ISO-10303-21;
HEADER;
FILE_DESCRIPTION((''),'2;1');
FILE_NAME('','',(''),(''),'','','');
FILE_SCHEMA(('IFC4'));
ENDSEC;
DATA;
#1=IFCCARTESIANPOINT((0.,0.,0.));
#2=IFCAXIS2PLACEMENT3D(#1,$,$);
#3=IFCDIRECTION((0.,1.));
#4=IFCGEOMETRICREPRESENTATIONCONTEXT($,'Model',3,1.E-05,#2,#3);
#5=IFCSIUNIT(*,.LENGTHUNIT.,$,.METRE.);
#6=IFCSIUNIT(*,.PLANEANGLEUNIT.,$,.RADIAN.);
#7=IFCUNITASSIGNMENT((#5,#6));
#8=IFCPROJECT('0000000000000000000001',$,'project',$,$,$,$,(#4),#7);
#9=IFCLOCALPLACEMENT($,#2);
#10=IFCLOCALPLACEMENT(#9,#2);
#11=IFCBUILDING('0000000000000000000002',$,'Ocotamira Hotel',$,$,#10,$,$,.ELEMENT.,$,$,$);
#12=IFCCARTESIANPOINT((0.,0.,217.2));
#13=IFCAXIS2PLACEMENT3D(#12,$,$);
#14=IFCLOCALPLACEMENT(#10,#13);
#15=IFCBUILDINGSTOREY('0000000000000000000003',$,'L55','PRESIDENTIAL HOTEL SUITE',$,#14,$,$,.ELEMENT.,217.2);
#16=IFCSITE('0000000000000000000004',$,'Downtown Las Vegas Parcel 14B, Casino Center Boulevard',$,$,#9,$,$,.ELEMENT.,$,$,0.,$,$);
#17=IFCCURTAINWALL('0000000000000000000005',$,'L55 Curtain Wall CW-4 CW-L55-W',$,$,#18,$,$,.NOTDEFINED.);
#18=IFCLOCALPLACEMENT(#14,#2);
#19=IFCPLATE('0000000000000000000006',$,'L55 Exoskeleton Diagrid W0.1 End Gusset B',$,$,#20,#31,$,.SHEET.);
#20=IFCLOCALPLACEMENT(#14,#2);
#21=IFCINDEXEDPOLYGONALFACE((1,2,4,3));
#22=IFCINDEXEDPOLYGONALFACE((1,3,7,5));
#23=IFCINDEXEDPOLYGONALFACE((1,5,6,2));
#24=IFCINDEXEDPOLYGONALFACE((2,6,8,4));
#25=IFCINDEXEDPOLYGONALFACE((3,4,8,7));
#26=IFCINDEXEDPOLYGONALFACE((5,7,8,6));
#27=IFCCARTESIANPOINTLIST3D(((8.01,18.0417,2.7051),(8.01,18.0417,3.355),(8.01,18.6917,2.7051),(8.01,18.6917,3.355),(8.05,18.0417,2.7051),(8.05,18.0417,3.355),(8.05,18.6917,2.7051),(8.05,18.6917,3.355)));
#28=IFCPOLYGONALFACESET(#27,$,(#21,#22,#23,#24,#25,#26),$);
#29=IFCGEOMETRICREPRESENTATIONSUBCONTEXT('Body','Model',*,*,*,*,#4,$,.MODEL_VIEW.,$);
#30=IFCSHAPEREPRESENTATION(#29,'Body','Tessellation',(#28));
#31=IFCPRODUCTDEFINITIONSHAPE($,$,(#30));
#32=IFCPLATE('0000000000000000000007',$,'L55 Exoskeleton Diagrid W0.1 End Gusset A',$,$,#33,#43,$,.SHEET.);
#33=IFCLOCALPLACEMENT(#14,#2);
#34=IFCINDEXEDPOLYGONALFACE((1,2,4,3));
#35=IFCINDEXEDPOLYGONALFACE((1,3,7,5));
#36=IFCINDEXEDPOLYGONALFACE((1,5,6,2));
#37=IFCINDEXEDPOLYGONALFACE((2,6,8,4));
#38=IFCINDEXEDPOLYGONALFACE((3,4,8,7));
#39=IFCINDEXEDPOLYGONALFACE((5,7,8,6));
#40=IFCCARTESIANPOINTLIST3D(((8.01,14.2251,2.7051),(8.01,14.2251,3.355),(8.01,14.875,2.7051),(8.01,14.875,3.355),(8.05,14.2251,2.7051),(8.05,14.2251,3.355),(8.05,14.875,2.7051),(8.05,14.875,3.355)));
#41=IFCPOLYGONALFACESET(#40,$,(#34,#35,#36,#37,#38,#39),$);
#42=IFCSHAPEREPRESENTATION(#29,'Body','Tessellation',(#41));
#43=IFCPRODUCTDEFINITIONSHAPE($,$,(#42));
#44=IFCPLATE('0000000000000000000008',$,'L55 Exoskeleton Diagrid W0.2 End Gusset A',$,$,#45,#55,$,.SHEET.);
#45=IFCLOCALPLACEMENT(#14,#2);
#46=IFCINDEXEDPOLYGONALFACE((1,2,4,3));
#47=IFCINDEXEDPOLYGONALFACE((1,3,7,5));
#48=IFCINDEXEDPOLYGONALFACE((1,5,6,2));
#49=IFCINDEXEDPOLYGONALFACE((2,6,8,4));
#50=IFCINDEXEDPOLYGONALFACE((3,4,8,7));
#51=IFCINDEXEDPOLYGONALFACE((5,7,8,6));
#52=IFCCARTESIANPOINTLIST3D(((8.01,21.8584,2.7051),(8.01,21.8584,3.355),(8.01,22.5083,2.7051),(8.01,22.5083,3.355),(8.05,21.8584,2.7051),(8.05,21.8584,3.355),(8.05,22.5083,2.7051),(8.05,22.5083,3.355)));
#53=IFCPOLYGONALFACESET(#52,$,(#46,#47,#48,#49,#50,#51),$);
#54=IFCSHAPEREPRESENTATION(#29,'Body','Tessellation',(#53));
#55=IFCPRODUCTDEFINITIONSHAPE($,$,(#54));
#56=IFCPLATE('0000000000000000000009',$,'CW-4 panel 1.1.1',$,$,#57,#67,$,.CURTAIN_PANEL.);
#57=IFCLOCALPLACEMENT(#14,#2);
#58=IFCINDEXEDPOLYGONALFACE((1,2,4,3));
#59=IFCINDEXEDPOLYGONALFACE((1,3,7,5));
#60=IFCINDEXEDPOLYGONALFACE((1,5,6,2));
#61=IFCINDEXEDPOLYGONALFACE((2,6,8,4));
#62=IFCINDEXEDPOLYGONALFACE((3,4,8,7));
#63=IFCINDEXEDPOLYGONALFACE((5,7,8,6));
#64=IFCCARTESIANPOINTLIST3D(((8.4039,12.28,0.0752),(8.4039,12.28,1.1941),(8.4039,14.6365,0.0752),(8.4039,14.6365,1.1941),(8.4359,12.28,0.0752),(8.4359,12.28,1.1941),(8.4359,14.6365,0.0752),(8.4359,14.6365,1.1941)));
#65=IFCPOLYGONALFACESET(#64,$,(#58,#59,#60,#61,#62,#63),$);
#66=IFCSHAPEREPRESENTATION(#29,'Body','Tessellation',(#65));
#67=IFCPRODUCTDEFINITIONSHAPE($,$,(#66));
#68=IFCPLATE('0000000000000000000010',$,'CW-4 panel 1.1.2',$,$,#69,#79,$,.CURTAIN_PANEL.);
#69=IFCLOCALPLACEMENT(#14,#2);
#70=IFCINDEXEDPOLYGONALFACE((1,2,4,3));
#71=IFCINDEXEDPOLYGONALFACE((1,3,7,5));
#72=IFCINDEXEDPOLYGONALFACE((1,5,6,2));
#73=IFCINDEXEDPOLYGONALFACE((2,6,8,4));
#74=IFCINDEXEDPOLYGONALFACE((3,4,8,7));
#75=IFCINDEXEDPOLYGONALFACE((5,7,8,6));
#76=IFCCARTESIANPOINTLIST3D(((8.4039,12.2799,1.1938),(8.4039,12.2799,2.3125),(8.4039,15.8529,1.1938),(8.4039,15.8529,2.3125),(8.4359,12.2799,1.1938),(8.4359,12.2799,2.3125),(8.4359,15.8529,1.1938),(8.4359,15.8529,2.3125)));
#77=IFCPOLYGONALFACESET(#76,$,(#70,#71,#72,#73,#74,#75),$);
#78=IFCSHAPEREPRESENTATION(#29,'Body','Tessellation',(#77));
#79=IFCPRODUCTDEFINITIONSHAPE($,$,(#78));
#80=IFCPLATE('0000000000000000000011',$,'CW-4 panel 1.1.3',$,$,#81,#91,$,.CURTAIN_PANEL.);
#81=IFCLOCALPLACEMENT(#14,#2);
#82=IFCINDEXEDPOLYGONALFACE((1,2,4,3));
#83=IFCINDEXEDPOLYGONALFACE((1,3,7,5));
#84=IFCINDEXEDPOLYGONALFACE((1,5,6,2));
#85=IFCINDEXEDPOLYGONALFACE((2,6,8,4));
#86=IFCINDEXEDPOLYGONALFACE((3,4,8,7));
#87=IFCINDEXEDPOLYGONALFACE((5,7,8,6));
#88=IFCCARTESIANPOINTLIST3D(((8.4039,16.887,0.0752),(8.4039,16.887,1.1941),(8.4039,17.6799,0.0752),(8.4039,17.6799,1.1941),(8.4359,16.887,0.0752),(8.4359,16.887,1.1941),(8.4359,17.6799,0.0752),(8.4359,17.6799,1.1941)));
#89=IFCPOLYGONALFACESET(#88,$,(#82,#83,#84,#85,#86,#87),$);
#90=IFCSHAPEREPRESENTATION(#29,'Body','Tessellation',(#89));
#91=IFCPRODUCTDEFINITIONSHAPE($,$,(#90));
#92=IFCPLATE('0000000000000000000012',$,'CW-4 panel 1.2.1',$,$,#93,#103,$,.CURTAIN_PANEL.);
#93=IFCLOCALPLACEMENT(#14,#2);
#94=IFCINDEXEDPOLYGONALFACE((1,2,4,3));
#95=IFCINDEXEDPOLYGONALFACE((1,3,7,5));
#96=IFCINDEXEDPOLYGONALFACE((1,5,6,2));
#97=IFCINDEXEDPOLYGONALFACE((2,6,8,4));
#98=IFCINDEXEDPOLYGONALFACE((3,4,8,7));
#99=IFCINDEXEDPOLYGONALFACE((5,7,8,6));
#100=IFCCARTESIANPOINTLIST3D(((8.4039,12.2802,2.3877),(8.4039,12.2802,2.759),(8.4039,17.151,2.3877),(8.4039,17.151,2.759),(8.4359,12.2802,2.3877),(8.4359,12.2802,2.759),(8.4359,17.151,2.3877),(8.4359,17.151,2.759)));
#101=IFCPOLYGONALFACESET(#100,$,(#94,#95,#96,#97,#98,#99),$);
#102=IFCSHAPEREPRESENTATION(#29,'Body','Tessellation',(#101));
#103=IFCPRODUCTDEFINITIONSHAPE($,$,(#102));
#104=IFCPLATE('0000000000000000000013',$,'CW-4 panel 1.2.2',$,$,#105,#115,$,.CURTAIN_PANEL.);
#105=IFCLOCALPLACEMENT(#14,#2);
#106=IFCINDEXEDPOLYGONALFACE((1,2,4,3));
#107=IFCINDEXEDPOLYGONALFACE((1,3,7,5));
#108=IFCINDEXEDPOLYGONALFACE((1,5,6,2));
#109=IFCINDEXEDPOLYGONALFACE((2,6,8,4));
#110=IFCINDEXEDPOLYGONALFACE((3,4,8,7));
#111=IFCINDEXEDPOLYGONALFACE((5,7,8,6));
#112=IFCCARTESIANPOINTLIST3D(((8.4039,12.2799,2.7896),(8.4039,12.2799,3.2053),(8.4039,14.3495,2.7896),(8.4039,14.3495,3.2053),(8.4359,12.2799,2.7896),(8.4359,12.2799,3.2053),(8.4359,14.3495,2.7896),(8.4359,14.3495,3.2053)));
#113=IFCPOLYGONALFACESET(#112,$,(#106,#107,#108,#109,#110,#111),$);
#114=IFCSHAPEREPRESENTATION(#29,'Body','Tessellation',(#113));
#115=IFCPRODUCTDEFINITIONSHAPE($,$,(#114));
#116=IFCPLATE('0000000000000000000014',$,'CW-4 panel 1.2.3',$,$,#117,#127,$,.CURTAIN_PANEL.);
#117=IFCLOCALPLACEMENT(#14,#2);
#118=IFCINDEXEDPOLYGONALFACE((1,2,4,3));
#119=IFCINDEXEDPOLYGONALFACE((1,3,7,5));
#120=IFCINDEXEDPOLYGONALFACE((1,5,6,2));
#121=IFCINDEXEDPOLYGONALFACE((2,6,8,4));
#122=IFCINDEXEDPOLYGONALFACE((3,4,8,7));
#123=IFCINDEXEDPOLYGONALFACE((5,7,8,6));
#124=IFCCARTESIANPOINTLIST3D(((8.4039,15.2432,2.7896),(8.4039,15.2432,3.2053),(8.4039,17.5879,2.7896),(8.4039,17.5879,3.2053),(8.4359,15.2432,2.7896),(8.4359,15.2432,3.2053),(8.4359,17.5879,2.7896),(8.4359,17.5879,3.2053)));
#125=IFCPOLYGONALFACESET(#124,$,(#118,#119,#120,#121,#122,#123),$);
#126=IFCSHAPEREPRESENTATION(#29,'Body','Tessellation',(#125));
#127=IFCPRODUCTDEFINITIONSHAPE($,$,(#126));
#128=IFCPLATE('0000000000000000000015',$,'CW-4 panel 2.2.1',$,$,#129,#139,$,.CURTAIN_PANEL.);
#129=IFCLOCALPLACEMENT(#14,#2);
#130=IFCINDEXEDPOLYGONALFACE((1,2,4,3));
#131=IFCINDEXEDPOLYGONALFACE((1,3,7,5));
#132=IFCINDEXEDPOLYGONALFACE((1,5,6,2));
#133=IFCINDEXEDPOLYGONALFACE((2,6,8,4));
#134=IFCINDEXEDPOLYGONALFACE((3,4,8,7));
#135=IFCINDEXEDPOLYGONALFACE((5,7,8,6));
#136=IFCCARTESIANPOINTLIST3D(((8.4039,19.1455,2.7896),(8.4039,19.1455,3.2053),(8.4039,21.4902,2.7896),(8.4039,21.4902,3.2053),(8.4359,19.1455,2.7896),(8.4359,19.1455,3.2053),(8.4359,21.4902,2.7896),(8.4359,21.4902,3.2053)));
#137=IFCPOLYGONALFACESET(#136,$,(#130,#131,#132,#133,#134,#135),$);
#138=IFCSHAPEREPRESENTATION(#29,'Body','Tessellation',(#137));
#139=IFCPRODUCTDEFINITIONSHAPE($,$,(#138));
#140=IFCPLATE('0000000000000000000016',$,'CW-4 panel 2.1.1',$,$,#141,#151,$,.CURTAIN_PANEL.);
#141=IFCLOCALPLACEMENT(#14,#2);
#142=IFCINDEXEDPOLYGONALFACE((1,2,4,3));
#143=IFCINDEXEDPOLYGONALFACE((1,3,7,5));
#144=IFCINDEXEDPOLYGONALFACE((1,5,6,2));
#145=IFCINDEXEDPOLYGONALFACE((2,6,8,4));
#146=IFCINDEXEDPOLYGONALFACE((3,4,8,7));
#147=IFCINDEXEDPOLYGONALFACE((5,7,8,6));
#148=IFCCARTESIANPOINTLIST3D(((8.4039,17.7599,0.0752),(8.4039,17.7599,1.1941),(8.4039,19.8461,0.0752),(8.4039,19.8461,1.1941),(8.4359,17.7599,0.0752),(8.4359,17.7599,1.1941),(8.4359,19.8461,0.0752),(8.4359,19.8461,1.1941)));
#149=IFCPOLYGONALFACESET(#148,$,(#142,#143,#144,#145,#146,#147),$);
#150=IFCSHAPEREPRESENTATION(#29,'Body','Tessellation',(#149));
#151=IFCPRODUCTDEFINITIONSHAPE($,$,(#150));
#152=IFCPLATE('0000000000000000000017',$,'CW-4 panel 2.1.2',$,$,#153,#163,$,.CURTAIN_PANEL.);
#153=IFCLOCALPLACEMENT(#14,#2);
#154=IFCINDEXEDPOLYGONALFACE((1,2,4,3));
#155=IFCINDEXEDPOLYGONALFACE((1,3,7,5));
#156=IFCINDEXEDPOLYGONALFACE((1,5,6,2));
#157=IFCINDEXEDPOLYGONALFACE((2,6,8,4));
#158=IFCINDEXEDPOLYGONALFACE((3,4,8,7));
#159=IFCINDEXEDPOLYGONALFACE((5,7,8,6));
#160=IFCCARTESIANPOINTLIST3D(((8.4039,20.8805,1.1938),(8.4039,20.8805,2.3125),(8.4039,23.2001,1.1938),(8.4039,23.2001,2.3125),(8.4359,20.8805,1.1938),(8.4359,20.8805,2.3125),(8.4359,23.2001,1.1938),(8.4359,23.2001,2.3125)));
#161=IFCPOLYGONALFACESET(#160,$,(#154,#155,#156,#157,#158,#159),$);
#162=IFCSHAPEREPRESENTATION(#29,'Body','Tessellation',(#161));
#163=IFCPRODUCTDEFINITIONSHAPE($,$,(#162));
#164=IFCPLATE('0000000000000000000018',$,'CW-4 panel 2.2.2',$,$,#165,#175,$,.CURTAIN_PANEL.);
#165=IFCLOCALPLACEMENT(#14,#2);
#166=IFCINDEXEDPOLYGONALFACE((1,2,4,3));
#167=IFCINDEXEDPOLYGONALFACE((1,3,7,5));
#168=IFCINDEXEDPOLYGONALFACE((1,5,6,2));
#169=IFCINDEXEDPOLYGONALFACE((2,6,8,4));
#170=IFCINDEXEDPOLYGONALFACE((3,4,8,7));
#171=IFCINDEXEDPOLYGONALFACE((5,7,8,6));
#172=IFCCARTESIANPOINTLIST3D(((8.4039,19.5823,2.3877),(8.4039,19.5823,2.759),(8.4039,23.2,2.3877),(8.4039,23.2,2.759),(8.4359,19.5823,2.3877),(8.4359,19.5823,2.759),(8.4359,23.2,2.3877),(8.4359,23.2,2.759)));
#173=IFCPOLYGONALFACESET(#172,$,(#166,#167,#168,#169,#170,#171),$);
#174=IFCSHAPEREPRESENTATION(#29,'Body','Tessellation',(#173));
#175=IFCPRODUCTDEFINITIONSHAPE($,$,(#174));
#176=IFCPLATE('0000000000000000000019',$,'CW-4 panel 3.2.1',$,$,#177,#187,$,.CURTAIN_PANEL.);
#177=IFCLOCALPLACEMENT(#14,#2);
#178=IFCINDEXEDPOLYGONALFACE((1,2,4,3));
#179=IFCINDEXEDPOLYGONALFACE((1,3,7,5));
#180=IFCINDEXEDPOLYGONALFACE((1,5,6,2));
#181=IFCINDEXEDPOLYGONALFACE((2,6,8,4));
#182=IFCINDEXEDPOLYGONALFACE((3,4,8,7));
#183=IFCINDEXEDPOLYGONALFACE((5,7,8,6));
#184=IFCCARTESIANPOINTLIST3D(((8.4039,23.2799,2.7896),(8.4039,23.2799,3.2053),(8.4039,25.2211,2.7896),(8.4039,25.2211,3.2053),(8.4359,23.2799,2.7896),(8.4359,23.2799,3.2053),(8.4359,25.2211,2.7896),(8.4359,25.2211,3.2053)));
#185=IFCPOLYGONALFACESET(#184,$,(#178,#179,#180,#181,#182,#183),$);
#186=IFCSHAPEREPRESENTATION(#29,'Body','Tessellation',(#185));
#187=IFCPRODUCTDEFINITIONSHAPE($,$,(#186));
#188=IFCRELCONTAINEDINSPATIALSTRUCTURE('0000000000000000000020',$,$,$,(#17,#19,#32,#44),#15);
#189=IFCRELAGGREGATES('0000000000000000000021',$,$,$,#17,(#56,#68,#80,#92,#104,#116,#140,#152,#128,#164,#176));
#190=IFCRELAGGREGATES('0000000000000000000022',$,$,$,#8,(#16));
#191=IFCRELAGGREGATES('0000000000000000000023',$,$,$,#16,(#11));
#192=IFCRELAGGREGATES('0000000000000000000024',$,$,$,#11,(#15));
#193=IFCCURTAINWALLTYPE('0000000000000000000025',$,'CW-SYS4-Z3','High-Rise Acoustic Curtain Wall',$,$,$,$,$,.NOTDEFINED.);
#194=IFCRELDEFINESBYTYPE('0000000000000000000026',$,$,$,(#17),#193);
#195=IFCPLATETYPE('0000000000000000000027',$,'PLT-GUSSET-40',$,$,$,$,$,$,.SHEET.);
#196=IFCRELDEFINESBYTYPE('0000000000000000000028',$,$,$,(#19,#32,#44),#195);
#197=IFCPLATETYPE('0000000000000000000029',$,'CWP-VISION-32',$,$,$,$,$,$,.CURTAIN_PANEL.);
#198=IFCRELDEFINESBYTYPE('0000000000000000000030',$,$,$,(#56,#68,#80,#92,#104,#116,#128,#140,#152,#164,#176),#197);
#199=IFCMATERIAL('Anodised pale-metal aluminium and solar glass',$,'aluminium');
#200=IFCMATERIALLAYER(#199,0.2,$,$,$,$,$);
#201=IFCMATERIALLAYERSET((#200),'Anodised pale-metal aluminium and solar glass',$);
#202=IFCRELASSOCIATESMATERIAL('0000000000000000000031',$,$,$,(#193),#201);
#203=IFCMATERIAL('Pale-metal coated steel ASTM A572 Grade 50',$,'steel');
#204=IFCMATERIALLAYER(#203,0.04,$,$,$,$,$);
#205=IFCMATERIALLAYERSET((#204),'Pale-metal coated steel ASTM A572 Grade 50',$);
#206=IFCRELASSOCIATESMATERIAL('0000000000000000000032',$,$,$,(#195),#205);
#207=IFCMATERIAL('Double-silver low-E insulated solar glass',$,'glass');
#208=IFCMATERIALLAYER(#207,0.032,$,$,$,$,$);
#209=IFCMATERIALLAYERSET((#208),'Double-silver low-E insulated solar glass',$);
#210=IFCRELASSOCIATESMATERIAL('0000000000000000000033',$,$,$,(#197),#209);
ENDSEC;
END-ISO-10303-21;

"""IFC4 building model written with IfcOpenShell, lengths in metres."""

from ifc_helpers import new_model, si_unit, direction, frame, origin, origin_2d, place, context, subcontext, project, spatial, rectangle, extrude, source, transform, mapped, material, layer, layer_set, type_object, element, aggregate, save


model = new_model("IFC4")

# Units and contexts
model_context = context("Model", 3, precision=1e-05, world=origin(), true_north=direction((0.0, 1.0)))
body_context = subcontext(model_context, "Body", "Model", "MODEL_VIEW")
ifc_project = project(units=[si_unit("LENGTHUNIT", "METRE"), si_unit("PLANEANGLEUNIT", "RADIAN")], contexts=[model_context])

# Site, building, storey
site_placement = place(None, origin())
site = spatial("IfcSite", under=ifc_project, at=site_placement, Name="Downtown Las Vegas Parcel 14B, Casino Center Boulevard", CompositionType="ELEMENT", RefElevation=0.0)
building_placement = place(site_placement, origin())
building = spatial("IfcBuilding", under=site, at=building_placement, Name="Ocotamira Hotel", CompositionType="ELEMENT")
storey_placement = place(building_placement, frame((0.0, 0.0, 217.2)))
storey = spatial("IfcBuildingStorey", under=building, at=storey_placement, Name="L55", Description="PRESIDENTIAL HOTEL SUITE", CompositionType="ELEMENT", Elevation=217.2)

# Curtain wall
ifc_material_1 = material(Name="Anodised pale-metal aluminium and solar glass", Category="aluminium")
ifc_layer_1 = layer(ifc_material_1, 0.2)
ifc_layer_set_1 = layer_set([ifc_layer_1], Name="Anodised pale-metal aluminium and solar glass")
curtain_wall_type = type_object("IfcCurtainWallType", Name="CW-SYS4-Z3", Description="High-Rise Acoustic Curtain Wall", PredefinedType="NOTDEFINED", material=ifc_layer_set_1)
curtain_wall_placement = place(storey_placement, origin())
curtain_wall = element("IfcCurtainWall", 1, at=curtain_wall_placement, inside=storey, type_object=curtain_wall_type, Name="L55 Curtain Wall CW-4 CW-L55-W", PredefinedType="NOTDEFINED")

# Plates
ifc_material_2 = material(Name="Pale-metal coated steel ASTM A572 Grade 50", Category="steel")
ifc_layer_2 = layer(ifc_material_2, 0.04)
ifc_layer_set_2 = layer_set([ifc_layer_2], Name="Pale-metal coated steel ASTM A572 Grade 50")
plate_type_1 = type_object("IfcPlateType", Name="PLT-GUSSET-40", PredefinedType="SHEET", material=ifc_layer_set_2)
shared_shape_1 = source(origin(), body_context, "Body", "SweptSolid", [
    extrude(rectangle(XDim=0.04, YDim=0.6499, at=origin_2d()), origin(), (0.0, 0.0, 1.0), 0.6499),
])
for number, where, z_axis, x_axis, name in (
    (2, (8.03, 18.3667, 2.7051), (0.0, 0.0, 1.0), (1.0, 0.0, 0.0), "L55 Exoskeleton Diagrid W0.1 End Gusset B"),
    (3, (8.03, 14.55, 2.7051), (0.0, 0.0, 1.0), (1.0, 0.0, 0.0), "L55 Exoskeleton Diagrid W0.1 End Gusset A"),
    (4, (8.03, 22.1833, 2.7051), (0.0, 0.0, 1.0), (1.0, 0.0, 0.0), "L55 Exoskeleton Diagrid W0.2 End Gusset A"),
):
    element("IfcPlate", number, at=place(storey_placement, frame(where, z_axis=z_axis, x_axis=x_axis)), inside=storey, type_object=plate_type_1, Name=name, PredefinedType="SHEET", context=body_context, shape_type="MappedRepresentation", body=[
        mapped(shared_shape_1, transform((0.0, 0.0, 0.0), scale=1.0)),
    ])

# Plates
ifc_material_3 = material(Name="Double-silver low-E insulated solar glass", Category="glass")
ifc_layer_3 = layer(ifc_material_3, 0.032)
ifc_layer_set_3 = layer_set([ifc_layer_3], Name="Double-silver low-E insulated solar glass")
plate_type_2 = type_object("IfcPlateType", Name="CWP-VISION-32", PredefinedType="CURTAIN_PANEL", material=ifc_layer_set_3)
shared_shape_2 = source(origin(), body_context, "Body", "SweptSolid", [
    extrude(rectangle(XDim=2.3564, YDim=0.032, at=origin_2d()), origin(), (0.0, 0.0, 1.0), 1.1189),
])
plate_1_placement = place(storey_placement, frame((8.4199, 13.4583, 0.0752), z_axis=(0.0, 0.0, 1.0), x_axis=(0.0, 1.0, 0.0)))
plate_1 = element("IfcPlate", 5, at=plate_1_placement, type_object=plate_type_2, Name="CW-4 panel 1.1.1", PredefinedType="CURTAIN_PANEL", context=body_context, shape_type="MappedRepresentation", body=[
    mapped(shared_shape_2, transform((0.0, 0.0, 0.0), scale=1.0)),
])
shared_shape_3 = source(origin(), body_context, "Body", "SweptSolid", [
    extrude(rectangle(XDim=3.573, YDim=0.032, at=origin_2d()), origin(), (0.0, 0.0, 1.0), 1.1187),
])
plate_2_placement = place(storey_placement, frame((8.4199, 14.0664, 1.1938), z_axis=(0.0, 0.0, 1.0), x_axis=(0.0, 1.0, 0.0)))
plate_2 = element("IfcPlate", 6, at=plate_2_placement, type_object=plate_type_2, Name="CW-4 panel 1.1.2", PredefinedType="CURTAIN_PANEL", context=body_context, shape_type="MappedRepresentation", body=[
    mapped(shared_shape_3, transform((0.0, 0.0, 0.0), scale=1.0)),
])
shared_shape_4 = source(origin(), body_context, "Body", "SweptSolid", [
    extrude(rectangle(XDim=0.793, YDim=0.032, at=origin_2d()), origin(), (0.0, 0.0, 1.0), 1.1189),
])
plate_3_placement = place(storey_placement, frame((8.4199, 17.2834, 0.0752), z_axis=(0.0, 0.0, 1.0), x_axis=(0.0, 1.0, 0.0)))
plate_3 = element("IfcPlate", 7, at=plate_3_placement, type_object=plate_type_2, Name="CW-4 panel 1.1.3", PredefinedType="CURTAIN_PANEL", context=body_context, shape_type="MappedRepresentation", body=[
    mapped(shared_shape_4, transform((0.0, 0.0, 0.0), scale=1.0)),
])
shared_shape_5 = source(origin(), body_context, "Body", "SweptSolid", [
    extrude(rectangle(XDim=4.8708, YDim=0.032, at=origin_2d()), origin(), (0.0, 0.0, 1.0), 0.3713),
])
plate_4_placement = place(storey_placement, frame((8.4199, 14.7156, 2.3877), z_axis=(0.0, 0.0, 1.0), x_axis=(0.0, 1.0, 0.0)))
plate_4 = element("IfcPlate", 8, at=plate_4_placement, type_object=plate_type_2, Name="CW-4 panel 1.2.1", PredefinedType="CURTAIN_PANEL", context=body_context, shape_type="MappedRepresentation", body=[
    mapped(shared_shape_5, transform((0.0, 0.0, 0.0), scale=1.0)),
])
shared_shape_6 = source(origin(), body_context, "Body", "SweptSolid", [
    extrude(rectangle(XDim=2.0696, YDim=0.032, at=origin_2d()), origin(), (0.0, 0.0, 1.0), 0.4158),
])
plate_5_placement = place(storey_placement, frame((8.4199, 13.3147, 2.7896), z_axis=(0.0, 0.0, 1.0), x_axis=(0.0, 1.0, 0.0)))
plate_5 = element("IfcPlate", 9, at=plate_5_placement, type_object=plate_type_2, Name="CW-4 panel 1.2.2", PredefinedType="CURTAIN_PANEL", context=body_context, shape_type="MappedRepresentation", body=[
    mapped(shared_shape_6, transform((0.0, 0.0, 0.0), scale=1.0)),
])
shared_shape_7 = source(origin(), body_context, "Body", "SweptSolid", [
    extrude(rectangle(XDim=2.3447, YDim=0.032, at=origin_2d()), origin(), (0.0, 0.0, 1.0), 0.4158),
])
plate_6_placement = place(storey_placement, frame((8.4199, 16.4155, 2.7896), z_axis=(0.0, 0.0, 1.0), x_axis=(0.0, 1.0, 0.0)))
plate_6 = element("IfcPlate", 10, at=plate_6_placement, type_object=plate_type_2, Name="CW-4 panel 1.2.3", PredefinedType="CURTAIN_PANEL", context=body_context, shape_type="MappedRepresentation", body=[
    mapped(shared_shape_7, transform((0.0, 0.0, 0.0), scale=1.0)),
])
plate_7_placement = place(storey_placement, frame((8.4199, 20.3179, 2.7896), z_axis=(0.0, 0.0, 1.0), x_axis=(0.0, 1.0, 0.0)))
plate_7 = element("IfcPlate", 11, at=plate_7_placement, type_object=plate_type_2, Name="CW-4 panel 2.2.1", PredefinedType="CURTAIN_PANEL", context=body_context, shape_type="MappedRepresentation", body=[
    mapped(shared_shape_7, transform((0.0, 0.0, 0.0), scale=1.0)),
])
shared_shape_8 = source(origin(), body_context, "Body", "SweptSolid", [
    extrude(rectangle(XDim=2.0862, YDim=0.032, at=origin_2d()), origin(), (0.0, 0.0, 1.0), 1.1189),
])
plate_8_placement = place(storey_placement, frame((8.4199, 18.803, 0.0752), z_axis=(0.0, 0.0, 1.0), x_axis=(0.0, 1.0, 0.0)))
plate_8 = element("IfcPlate", 12, at=plate_8_placement, type_object=plate_type_2, Name="CW-4 panel 2.1.1", PredefinedType="CURTAIN_PANEL", context=body_context, shape_type="MappedRepresentation", body=[
    mapped(shared_shape_8, transform((0.0, 0.0, 0.0), scale=1.0)),
])
shared_shape_9 = source(origin(), body_context, "Body", "SweptSolid", [
    extrude(rectangle(XDim=2.3196, YDim=0.032, at=origin_2d()), origin(), (0.0, 0.0, 1.0), 1.1187),
])
plate_9_placement = place(storey_placement, frame((8.4199, 22.0403, 1.1938), z_axis=(0.0, 0.0, 1.0), x_axis=(0.0, 1.0, 0.0)))
plate_9 = element("IfcPlate", 13, at=plate_9_placement, type_object=plate_type_2, Name="CW-4 panel 2.1.2", PredefinedType="CURTAIN_PANEL", context=body_context, shape_type="MappedRepresentation", body=[
    mapped(shared_shape_9, transform((0.0, 0.0, 0.0), scale=1.0)),
])
shared_shape_10 = source(origin(), body_context, "Body", "SweptSolid", [
    extrude(rectangle(XDim=3.6177, YDim=0.032, at=origin_2d()), origin(), (0.0, 0.0, 1.0), 0.3713),
])
plate_10_placement = place(storey_placement, frame((8.4199, 21.3911, 2.3877), z_axis=(0.0, 0.0, 1.0), x_axis=(0.0, 1.0, 0.0)))
plate_10 = element("IfcPlate", 14, at=plate_10_placement, type_object=plate_type_2, Name="CW-4 panel 2.2.2", PredefinedType="CURTAIN_PANEL", context=body_context, shape_type="MappedRepresentation", body=[
    mapped(shared_shape_10, transform((0.0, 0.0, 0.0), scale=1.0)),
])
shared_shape_11 = source(origin(), body_context, "Body", "SweptSolid", [
    extrude(rectangle(XDim=1.9412, YDim=0.032, at=origin_2d()), origin(), (0.0, 0.0, 1.0), 0.4158),
])
plate_11_placement = place(storey_placement, frame((8.4199, 24.2505, 2.7896), z_axis=(0.0, 0.0, 1.0), x_axis=(0.0, 1.0, 0.0)))
plate_11 = element("IfcPlate", 15, at=plate_11_placement, type_object=plate_type_2, Name="CW-4 panel 3.2.1", PredefinedType="CURTAIN_PANEL", context=body_context, shape_type="MappedRepresentation", body=[
    mapped(shared_shape_11, transform((0.0, 0.0, 0.0), scale=1.0)),
])
aggregate(curtain_wall, [plate_1, plate_2, plate_3, plate_4, plate_5, plate_6, plate_8, plate_9, plate_7, plate_10, plate_11])

save(model, "model.ifc")
